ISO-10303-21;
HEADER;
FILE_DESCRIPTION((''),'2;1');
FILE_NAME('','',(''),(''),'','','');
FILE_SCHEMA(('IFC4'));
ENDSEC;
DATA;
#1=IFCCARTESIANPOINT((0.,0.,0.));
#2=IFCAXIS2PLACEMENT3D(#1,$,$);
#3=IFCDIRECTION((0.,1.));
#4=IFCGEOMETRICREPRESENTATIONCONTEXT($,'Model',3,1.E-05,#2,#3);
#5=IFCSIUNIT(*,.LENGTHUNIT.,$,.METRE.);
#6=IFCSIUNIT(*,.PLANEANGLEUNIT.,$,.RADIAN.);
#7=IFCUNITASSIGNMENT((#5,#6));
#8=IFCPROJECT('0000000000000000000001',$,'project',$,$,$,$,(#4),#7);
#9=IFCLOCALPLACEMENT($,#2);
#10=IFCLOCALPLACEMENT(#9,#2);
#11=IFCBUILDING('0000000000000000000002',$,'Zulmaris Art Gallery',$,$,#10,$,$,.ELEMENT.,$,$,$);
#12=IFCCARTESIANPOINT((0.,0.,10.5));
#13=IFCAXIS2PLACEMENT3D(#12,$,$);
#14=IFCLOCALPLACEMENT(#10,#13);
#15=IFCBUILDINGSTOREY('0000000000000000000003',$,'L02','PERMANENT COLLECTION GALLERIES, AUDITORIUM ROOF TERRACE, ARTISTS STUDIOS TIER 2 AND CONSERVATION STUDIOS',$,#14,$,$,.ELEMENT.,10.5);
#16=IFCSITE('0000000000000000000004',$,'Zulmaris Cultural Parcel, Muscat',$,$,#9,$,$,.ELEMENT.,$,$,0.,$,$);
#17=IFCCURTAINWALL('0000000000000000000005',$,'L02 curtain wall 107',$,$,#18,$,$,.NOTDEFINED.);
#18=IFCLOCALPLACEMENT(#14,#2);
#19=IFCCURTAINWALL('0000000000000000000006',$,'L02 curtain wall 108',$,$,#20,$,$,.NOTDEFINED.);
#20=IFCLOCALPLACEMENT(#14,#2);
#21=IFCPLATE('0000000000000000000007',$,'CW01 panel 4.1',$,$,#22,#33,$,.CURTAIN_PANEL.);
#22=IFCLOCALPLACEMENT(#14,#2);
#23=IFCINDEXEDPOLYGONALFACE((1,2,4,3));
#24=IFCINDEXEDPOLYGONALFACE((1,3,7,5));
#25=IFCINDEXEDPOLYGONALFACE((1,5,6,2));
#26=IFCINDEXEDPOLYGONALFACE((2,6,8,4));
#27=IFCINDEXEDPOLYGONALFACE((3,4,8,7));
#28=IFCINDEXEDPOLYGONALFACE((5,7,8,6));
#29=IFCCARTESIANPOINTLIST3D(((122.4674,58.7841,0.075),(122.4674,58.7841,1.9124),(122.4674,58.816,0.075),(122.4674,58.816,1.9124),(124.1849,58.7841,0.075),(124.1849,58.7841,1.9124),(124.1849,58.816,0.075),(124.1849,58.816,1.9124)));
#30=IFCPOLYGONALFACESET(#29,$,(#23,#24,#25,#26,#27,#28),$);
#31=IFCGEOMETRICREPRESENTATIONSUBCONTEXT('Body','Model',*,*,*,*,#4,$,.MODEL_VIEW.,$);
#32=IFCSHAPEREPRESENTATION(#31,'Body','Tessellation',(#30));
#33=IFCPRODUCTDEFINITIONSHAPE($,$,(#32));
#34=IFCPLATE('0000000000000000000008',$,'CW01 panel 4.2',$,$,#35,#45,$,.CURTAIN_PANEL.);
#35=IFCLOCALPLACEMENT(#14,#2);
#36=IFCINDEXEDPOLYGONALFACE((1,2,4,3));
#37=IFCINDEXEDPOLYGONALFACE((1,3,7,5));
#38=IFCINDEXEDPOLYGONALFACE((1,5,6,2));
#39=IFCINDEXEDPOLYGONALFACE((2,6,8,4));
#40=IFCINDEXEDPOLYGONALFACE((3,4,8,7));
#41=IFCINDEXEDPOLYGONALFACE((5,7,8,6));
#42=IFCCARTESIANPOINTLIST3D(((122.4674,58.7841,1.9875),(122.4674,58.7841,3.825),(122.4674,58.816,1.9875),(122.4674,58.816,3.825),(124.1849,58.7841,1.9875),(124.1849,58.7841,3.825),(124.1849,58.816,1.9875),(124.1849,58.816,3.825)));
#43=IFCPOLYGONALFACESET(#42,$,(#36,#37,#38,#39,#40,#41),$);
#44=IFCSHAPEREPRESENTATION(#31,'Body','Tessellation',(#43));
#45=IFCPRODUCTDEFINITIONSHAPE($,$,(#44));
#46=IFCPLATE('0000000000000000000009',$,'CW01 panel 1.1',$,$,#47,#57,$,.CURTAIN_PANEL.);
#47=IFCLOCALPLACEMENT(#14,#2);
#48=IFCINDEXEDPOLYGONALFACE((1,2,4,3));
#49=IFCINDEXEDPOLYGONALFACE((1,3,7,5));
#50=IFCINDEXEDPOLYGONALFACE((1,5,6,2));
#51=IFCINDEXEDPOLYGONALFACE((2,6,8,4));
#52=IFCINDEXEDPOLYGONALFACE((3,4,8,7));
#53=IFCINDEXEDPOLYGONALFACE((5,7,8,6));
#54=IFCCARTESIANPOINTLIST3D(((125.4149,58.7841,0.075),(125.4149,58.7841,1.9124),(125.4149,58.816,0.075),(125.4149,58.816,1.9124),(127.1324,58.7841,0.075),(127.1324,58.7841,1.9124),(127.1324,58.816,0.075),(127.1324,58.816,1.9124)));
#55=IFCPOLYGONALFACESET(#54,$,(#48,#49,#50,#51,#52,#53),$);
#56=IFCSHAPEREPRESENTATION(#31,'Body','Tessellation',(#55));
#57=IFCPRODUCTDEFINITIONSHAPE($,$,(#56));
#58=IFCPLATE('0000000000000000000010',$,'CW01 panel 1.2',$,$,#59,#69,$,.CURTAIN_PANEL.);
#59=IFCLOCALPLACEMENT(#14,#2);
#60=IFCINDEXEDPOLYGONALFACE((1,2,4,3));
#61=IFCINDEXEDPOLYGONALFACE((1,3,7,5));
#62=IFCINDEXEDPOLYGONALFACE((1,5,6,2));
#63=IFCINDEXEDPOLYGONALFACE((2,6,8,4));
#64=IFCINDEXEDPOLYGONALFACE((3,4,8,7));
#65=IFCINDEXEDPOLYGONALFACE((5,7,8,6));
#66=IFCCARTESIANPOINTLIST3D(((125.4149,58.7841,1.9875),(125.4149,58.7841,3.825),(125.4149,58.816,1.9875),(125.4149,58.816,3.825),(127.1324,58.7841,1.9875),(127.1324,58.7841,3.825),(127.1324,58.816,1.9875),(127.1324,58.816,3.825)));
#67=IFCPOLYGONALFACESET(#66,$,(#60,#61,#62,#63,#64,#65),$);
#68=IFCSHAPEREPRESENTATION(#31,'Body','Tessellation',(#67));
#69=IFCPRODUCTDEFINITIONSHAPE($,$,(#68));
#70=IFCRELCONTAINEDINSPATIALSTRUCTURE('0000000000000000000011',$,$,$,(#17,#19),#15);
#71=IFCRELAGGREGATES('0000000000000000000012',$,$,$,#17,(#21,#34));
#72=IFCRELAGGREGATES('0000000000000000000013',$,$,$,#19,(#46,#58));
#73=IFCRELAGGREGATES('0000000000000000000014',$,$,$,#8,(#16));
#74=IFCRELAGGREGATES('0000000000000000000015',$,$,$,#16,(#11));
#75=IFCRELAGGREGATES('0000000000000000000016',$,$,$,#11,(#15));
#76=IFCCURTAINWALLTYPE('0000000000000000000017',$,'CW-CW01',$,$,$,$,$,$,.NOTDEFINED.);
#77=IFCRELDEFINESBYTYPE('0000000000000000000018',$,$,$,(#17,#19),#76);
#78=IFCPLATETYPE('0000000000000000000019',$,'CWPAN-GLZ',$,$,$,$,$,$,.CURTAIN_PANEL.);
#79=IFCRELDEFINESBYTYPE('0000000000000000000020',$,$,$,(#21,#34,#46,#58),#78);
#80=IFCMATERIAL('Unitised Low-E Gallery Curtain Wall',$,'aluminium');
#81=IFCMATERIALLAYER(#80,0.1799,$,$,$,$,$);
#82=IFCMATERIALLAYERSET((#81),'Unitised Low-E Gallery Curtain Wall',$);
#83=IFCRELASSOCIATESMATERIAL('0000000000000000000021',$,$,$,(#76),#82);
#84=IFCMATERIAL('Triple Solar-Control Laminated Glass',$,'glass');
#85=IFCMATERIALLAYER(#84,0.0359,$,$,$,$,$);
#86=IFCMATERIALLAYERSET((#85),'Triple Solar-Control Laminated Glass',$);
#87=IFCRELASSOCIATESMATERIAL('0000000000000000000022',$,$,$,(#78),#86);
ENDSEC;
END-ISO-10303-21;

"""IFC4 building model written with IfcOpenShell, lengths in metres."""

from ifc_helpers import new_model, si_unit, direction, frame, origin, origin_2d, place, context, subcontext, project, spatial, rectangle, extrude, material, layer, layer_set, type_object, element, aggregate, save


model = new_model("IFC4")

# Units and contexts
model_context = context("Model", 3, precision=1e-05, world=origin(), true_north=direction((0.0, 1.0)))
body_context = subcontext(model_context, "Body", "Model", "MODEL_VIEW")
ifc_project = project(units=[si_unit("LENGTHUNIT", "METRE"), si_unit("PLANEANGLEUNIT", "RADIAN")], contexts=[model_context])

# Site, building, storey
site_placement = place(None, origin())
site = spatial("IfcSite", under=ifc_project, at=site_placement, Name="Zulmaris Cultural Parcel, Muscat", CompositionType="ELEMENT", RefElevation=0.0)
building_placement = place(site_placement, origin())
building = spatial("IfcBuilding", under=site, at=building_placement, Name="Zulmaris Art Gallery", CompositionType="ELEMENT")
storey_placement = place(building_placement, frame((0.0, 0.0, 10.5)))
storey = spatial("IfcBuildingStorey", under=building, at=storey_placement, Name="L02", Description="PERMANENT COLLECTION GALLERIES, AUDITORIUM ROOF TERRACE, ARTISTS STUDIOS TIER 2 AND CONSERVATION STUDIOS", CompositionType="ELEMENT", Elevation=10.5)

# Curtain walls
ifc_material_1 = material(Name="Unitised Low-E Gallery Curtain Wall", Category="aluminium")
ifc_layer_1 = layer(ifc_material_1, 0.1799)
ifc_layer_set_1 = layer_set([ifc_layer_1], Name="Unitised Low-E Gallery Curtain Wall")
curtain_wall_type = type_object("IfcCurtainWallType", Name="CW-CW01", PredefinedType="NOTDEFINED", material=ifc_layer_set_1)
curtain_wall_1_placement = place(storey_placement, origin())
curtain_wall_1 = element("IfcCurtainWall", 1, at=curtain_wall_1_placement, inside=storey, type_object=curtain_wall_type, Name="L02 curtain wall 107", PredefinedType="NOTDEFINED")
curtain_wall_2_placement = place(storey_placement, origin())
curtain_wall_2 = element("IfcCurtainWall", 2, at=curtain_wall_2_placement, inside=storey, type_object=curtain_wall_type, Name="L02 curtain wall 108", PredefinedType="NOTDEFINED")

# Plates
ifc_material_2 = material(Name="Triple Solar-Control Laminated Glass", Category="glass")
ifc_layer_2 = layer(ifc_material_2, 0.0359)
ifc_layer_set_2 = layer_set([ifc_layer_2], Name="Triple Solar-Control Laminated Glass")
plate_type = type_object("IfcPlateType", Name="CWPAN-GLZ", PredefinedType="CURTAIN_PANEL", material=ifc_layer_set_2)
plate_1_placement = place(storey_placement, frame((123.3262, 58.8, 0.075), z_axis=(0.0, 0.0, 1.0), x_axis=(1.0, 0.0, 0.0)))
plate_1 = element("IfcPlate", 3, at=plate_1_placement, type_object=plate_type, Name="CW01 panel 4.1", PredefinedType="CURTAIN_PANEL", context=body_context, shape_type="SweptSolid", body=[
    extrude(rectangle(XDim=1.7175, YDim=0.032, at=origin_2d()), origin(), (0.0, 0.0, 1.0), 1.8374),
])
plate_2_placement = place(storey_placement, frame((123.3262, 58.8, 1.9875), z_axis=(0.0, 0.0, 1.0), x_axis=(1.0, 0.0, 0.0)))
plate_2 = element("IfcPlate", 4, at=plate_2_placement, type_object=plate_type, Name="CW01 panel 4.2", PredefinedType="CURTAIN_PANEL", context=body_context, shape_type="SweptSolid", body=[
    extrude(rectangle(XDim=1.7175, YDim=0.032, at=origin_2d()), origin(), (0.0, 0.0, 1.0), 1.8374),
])
aggregate(curtain_wall_1, [plate_1, plate_2])
plate_3_placement = place(storey_placement, frame((126.2737, 58.8, 0.075), z_axis=(0.0, 0.0, 1.0), x_axis=(1.0, 0.0, 0.0)))
plate_3 = element("IfcPlate", 5, at=plate_3_placement, type_object=plate_type, Name="CW01 panel 1.1", PredefinedType="CURTAIN_PANEL", context=body_context, shape_type="SweptSolid", body=[
    extrude(rectangle(XDim=1.7175, YDim=0.032, at=origin_2d()), origin(), (0.0, 0.0, 1.0), 1.8374),
])
plate_4_placement = place(storey_placement, frame((126.2737, 58.8, 1.9875), z_axis=(0.0, 0.0, 1.0), x_axis=(1.0, 0.0, 0.0)))
plate_4 = element("IfcPlate", 6, at=plate_4_placement, type_object=plate_type, Name="CW01 panel 1.2", PredefinedType="CURTAIN_PANEL", context=body_context, shape_type="SweptSolid", body=[
    extrude(rectangle(XDim=1.7175, YDim=0.032, at=origin_2d()), origin(), (0.0, 0.0, 1.0), 1.8374),
])
aggregate(curtain_wall_2, [plate_3, plate_4])

save(model, "model.ifc")
